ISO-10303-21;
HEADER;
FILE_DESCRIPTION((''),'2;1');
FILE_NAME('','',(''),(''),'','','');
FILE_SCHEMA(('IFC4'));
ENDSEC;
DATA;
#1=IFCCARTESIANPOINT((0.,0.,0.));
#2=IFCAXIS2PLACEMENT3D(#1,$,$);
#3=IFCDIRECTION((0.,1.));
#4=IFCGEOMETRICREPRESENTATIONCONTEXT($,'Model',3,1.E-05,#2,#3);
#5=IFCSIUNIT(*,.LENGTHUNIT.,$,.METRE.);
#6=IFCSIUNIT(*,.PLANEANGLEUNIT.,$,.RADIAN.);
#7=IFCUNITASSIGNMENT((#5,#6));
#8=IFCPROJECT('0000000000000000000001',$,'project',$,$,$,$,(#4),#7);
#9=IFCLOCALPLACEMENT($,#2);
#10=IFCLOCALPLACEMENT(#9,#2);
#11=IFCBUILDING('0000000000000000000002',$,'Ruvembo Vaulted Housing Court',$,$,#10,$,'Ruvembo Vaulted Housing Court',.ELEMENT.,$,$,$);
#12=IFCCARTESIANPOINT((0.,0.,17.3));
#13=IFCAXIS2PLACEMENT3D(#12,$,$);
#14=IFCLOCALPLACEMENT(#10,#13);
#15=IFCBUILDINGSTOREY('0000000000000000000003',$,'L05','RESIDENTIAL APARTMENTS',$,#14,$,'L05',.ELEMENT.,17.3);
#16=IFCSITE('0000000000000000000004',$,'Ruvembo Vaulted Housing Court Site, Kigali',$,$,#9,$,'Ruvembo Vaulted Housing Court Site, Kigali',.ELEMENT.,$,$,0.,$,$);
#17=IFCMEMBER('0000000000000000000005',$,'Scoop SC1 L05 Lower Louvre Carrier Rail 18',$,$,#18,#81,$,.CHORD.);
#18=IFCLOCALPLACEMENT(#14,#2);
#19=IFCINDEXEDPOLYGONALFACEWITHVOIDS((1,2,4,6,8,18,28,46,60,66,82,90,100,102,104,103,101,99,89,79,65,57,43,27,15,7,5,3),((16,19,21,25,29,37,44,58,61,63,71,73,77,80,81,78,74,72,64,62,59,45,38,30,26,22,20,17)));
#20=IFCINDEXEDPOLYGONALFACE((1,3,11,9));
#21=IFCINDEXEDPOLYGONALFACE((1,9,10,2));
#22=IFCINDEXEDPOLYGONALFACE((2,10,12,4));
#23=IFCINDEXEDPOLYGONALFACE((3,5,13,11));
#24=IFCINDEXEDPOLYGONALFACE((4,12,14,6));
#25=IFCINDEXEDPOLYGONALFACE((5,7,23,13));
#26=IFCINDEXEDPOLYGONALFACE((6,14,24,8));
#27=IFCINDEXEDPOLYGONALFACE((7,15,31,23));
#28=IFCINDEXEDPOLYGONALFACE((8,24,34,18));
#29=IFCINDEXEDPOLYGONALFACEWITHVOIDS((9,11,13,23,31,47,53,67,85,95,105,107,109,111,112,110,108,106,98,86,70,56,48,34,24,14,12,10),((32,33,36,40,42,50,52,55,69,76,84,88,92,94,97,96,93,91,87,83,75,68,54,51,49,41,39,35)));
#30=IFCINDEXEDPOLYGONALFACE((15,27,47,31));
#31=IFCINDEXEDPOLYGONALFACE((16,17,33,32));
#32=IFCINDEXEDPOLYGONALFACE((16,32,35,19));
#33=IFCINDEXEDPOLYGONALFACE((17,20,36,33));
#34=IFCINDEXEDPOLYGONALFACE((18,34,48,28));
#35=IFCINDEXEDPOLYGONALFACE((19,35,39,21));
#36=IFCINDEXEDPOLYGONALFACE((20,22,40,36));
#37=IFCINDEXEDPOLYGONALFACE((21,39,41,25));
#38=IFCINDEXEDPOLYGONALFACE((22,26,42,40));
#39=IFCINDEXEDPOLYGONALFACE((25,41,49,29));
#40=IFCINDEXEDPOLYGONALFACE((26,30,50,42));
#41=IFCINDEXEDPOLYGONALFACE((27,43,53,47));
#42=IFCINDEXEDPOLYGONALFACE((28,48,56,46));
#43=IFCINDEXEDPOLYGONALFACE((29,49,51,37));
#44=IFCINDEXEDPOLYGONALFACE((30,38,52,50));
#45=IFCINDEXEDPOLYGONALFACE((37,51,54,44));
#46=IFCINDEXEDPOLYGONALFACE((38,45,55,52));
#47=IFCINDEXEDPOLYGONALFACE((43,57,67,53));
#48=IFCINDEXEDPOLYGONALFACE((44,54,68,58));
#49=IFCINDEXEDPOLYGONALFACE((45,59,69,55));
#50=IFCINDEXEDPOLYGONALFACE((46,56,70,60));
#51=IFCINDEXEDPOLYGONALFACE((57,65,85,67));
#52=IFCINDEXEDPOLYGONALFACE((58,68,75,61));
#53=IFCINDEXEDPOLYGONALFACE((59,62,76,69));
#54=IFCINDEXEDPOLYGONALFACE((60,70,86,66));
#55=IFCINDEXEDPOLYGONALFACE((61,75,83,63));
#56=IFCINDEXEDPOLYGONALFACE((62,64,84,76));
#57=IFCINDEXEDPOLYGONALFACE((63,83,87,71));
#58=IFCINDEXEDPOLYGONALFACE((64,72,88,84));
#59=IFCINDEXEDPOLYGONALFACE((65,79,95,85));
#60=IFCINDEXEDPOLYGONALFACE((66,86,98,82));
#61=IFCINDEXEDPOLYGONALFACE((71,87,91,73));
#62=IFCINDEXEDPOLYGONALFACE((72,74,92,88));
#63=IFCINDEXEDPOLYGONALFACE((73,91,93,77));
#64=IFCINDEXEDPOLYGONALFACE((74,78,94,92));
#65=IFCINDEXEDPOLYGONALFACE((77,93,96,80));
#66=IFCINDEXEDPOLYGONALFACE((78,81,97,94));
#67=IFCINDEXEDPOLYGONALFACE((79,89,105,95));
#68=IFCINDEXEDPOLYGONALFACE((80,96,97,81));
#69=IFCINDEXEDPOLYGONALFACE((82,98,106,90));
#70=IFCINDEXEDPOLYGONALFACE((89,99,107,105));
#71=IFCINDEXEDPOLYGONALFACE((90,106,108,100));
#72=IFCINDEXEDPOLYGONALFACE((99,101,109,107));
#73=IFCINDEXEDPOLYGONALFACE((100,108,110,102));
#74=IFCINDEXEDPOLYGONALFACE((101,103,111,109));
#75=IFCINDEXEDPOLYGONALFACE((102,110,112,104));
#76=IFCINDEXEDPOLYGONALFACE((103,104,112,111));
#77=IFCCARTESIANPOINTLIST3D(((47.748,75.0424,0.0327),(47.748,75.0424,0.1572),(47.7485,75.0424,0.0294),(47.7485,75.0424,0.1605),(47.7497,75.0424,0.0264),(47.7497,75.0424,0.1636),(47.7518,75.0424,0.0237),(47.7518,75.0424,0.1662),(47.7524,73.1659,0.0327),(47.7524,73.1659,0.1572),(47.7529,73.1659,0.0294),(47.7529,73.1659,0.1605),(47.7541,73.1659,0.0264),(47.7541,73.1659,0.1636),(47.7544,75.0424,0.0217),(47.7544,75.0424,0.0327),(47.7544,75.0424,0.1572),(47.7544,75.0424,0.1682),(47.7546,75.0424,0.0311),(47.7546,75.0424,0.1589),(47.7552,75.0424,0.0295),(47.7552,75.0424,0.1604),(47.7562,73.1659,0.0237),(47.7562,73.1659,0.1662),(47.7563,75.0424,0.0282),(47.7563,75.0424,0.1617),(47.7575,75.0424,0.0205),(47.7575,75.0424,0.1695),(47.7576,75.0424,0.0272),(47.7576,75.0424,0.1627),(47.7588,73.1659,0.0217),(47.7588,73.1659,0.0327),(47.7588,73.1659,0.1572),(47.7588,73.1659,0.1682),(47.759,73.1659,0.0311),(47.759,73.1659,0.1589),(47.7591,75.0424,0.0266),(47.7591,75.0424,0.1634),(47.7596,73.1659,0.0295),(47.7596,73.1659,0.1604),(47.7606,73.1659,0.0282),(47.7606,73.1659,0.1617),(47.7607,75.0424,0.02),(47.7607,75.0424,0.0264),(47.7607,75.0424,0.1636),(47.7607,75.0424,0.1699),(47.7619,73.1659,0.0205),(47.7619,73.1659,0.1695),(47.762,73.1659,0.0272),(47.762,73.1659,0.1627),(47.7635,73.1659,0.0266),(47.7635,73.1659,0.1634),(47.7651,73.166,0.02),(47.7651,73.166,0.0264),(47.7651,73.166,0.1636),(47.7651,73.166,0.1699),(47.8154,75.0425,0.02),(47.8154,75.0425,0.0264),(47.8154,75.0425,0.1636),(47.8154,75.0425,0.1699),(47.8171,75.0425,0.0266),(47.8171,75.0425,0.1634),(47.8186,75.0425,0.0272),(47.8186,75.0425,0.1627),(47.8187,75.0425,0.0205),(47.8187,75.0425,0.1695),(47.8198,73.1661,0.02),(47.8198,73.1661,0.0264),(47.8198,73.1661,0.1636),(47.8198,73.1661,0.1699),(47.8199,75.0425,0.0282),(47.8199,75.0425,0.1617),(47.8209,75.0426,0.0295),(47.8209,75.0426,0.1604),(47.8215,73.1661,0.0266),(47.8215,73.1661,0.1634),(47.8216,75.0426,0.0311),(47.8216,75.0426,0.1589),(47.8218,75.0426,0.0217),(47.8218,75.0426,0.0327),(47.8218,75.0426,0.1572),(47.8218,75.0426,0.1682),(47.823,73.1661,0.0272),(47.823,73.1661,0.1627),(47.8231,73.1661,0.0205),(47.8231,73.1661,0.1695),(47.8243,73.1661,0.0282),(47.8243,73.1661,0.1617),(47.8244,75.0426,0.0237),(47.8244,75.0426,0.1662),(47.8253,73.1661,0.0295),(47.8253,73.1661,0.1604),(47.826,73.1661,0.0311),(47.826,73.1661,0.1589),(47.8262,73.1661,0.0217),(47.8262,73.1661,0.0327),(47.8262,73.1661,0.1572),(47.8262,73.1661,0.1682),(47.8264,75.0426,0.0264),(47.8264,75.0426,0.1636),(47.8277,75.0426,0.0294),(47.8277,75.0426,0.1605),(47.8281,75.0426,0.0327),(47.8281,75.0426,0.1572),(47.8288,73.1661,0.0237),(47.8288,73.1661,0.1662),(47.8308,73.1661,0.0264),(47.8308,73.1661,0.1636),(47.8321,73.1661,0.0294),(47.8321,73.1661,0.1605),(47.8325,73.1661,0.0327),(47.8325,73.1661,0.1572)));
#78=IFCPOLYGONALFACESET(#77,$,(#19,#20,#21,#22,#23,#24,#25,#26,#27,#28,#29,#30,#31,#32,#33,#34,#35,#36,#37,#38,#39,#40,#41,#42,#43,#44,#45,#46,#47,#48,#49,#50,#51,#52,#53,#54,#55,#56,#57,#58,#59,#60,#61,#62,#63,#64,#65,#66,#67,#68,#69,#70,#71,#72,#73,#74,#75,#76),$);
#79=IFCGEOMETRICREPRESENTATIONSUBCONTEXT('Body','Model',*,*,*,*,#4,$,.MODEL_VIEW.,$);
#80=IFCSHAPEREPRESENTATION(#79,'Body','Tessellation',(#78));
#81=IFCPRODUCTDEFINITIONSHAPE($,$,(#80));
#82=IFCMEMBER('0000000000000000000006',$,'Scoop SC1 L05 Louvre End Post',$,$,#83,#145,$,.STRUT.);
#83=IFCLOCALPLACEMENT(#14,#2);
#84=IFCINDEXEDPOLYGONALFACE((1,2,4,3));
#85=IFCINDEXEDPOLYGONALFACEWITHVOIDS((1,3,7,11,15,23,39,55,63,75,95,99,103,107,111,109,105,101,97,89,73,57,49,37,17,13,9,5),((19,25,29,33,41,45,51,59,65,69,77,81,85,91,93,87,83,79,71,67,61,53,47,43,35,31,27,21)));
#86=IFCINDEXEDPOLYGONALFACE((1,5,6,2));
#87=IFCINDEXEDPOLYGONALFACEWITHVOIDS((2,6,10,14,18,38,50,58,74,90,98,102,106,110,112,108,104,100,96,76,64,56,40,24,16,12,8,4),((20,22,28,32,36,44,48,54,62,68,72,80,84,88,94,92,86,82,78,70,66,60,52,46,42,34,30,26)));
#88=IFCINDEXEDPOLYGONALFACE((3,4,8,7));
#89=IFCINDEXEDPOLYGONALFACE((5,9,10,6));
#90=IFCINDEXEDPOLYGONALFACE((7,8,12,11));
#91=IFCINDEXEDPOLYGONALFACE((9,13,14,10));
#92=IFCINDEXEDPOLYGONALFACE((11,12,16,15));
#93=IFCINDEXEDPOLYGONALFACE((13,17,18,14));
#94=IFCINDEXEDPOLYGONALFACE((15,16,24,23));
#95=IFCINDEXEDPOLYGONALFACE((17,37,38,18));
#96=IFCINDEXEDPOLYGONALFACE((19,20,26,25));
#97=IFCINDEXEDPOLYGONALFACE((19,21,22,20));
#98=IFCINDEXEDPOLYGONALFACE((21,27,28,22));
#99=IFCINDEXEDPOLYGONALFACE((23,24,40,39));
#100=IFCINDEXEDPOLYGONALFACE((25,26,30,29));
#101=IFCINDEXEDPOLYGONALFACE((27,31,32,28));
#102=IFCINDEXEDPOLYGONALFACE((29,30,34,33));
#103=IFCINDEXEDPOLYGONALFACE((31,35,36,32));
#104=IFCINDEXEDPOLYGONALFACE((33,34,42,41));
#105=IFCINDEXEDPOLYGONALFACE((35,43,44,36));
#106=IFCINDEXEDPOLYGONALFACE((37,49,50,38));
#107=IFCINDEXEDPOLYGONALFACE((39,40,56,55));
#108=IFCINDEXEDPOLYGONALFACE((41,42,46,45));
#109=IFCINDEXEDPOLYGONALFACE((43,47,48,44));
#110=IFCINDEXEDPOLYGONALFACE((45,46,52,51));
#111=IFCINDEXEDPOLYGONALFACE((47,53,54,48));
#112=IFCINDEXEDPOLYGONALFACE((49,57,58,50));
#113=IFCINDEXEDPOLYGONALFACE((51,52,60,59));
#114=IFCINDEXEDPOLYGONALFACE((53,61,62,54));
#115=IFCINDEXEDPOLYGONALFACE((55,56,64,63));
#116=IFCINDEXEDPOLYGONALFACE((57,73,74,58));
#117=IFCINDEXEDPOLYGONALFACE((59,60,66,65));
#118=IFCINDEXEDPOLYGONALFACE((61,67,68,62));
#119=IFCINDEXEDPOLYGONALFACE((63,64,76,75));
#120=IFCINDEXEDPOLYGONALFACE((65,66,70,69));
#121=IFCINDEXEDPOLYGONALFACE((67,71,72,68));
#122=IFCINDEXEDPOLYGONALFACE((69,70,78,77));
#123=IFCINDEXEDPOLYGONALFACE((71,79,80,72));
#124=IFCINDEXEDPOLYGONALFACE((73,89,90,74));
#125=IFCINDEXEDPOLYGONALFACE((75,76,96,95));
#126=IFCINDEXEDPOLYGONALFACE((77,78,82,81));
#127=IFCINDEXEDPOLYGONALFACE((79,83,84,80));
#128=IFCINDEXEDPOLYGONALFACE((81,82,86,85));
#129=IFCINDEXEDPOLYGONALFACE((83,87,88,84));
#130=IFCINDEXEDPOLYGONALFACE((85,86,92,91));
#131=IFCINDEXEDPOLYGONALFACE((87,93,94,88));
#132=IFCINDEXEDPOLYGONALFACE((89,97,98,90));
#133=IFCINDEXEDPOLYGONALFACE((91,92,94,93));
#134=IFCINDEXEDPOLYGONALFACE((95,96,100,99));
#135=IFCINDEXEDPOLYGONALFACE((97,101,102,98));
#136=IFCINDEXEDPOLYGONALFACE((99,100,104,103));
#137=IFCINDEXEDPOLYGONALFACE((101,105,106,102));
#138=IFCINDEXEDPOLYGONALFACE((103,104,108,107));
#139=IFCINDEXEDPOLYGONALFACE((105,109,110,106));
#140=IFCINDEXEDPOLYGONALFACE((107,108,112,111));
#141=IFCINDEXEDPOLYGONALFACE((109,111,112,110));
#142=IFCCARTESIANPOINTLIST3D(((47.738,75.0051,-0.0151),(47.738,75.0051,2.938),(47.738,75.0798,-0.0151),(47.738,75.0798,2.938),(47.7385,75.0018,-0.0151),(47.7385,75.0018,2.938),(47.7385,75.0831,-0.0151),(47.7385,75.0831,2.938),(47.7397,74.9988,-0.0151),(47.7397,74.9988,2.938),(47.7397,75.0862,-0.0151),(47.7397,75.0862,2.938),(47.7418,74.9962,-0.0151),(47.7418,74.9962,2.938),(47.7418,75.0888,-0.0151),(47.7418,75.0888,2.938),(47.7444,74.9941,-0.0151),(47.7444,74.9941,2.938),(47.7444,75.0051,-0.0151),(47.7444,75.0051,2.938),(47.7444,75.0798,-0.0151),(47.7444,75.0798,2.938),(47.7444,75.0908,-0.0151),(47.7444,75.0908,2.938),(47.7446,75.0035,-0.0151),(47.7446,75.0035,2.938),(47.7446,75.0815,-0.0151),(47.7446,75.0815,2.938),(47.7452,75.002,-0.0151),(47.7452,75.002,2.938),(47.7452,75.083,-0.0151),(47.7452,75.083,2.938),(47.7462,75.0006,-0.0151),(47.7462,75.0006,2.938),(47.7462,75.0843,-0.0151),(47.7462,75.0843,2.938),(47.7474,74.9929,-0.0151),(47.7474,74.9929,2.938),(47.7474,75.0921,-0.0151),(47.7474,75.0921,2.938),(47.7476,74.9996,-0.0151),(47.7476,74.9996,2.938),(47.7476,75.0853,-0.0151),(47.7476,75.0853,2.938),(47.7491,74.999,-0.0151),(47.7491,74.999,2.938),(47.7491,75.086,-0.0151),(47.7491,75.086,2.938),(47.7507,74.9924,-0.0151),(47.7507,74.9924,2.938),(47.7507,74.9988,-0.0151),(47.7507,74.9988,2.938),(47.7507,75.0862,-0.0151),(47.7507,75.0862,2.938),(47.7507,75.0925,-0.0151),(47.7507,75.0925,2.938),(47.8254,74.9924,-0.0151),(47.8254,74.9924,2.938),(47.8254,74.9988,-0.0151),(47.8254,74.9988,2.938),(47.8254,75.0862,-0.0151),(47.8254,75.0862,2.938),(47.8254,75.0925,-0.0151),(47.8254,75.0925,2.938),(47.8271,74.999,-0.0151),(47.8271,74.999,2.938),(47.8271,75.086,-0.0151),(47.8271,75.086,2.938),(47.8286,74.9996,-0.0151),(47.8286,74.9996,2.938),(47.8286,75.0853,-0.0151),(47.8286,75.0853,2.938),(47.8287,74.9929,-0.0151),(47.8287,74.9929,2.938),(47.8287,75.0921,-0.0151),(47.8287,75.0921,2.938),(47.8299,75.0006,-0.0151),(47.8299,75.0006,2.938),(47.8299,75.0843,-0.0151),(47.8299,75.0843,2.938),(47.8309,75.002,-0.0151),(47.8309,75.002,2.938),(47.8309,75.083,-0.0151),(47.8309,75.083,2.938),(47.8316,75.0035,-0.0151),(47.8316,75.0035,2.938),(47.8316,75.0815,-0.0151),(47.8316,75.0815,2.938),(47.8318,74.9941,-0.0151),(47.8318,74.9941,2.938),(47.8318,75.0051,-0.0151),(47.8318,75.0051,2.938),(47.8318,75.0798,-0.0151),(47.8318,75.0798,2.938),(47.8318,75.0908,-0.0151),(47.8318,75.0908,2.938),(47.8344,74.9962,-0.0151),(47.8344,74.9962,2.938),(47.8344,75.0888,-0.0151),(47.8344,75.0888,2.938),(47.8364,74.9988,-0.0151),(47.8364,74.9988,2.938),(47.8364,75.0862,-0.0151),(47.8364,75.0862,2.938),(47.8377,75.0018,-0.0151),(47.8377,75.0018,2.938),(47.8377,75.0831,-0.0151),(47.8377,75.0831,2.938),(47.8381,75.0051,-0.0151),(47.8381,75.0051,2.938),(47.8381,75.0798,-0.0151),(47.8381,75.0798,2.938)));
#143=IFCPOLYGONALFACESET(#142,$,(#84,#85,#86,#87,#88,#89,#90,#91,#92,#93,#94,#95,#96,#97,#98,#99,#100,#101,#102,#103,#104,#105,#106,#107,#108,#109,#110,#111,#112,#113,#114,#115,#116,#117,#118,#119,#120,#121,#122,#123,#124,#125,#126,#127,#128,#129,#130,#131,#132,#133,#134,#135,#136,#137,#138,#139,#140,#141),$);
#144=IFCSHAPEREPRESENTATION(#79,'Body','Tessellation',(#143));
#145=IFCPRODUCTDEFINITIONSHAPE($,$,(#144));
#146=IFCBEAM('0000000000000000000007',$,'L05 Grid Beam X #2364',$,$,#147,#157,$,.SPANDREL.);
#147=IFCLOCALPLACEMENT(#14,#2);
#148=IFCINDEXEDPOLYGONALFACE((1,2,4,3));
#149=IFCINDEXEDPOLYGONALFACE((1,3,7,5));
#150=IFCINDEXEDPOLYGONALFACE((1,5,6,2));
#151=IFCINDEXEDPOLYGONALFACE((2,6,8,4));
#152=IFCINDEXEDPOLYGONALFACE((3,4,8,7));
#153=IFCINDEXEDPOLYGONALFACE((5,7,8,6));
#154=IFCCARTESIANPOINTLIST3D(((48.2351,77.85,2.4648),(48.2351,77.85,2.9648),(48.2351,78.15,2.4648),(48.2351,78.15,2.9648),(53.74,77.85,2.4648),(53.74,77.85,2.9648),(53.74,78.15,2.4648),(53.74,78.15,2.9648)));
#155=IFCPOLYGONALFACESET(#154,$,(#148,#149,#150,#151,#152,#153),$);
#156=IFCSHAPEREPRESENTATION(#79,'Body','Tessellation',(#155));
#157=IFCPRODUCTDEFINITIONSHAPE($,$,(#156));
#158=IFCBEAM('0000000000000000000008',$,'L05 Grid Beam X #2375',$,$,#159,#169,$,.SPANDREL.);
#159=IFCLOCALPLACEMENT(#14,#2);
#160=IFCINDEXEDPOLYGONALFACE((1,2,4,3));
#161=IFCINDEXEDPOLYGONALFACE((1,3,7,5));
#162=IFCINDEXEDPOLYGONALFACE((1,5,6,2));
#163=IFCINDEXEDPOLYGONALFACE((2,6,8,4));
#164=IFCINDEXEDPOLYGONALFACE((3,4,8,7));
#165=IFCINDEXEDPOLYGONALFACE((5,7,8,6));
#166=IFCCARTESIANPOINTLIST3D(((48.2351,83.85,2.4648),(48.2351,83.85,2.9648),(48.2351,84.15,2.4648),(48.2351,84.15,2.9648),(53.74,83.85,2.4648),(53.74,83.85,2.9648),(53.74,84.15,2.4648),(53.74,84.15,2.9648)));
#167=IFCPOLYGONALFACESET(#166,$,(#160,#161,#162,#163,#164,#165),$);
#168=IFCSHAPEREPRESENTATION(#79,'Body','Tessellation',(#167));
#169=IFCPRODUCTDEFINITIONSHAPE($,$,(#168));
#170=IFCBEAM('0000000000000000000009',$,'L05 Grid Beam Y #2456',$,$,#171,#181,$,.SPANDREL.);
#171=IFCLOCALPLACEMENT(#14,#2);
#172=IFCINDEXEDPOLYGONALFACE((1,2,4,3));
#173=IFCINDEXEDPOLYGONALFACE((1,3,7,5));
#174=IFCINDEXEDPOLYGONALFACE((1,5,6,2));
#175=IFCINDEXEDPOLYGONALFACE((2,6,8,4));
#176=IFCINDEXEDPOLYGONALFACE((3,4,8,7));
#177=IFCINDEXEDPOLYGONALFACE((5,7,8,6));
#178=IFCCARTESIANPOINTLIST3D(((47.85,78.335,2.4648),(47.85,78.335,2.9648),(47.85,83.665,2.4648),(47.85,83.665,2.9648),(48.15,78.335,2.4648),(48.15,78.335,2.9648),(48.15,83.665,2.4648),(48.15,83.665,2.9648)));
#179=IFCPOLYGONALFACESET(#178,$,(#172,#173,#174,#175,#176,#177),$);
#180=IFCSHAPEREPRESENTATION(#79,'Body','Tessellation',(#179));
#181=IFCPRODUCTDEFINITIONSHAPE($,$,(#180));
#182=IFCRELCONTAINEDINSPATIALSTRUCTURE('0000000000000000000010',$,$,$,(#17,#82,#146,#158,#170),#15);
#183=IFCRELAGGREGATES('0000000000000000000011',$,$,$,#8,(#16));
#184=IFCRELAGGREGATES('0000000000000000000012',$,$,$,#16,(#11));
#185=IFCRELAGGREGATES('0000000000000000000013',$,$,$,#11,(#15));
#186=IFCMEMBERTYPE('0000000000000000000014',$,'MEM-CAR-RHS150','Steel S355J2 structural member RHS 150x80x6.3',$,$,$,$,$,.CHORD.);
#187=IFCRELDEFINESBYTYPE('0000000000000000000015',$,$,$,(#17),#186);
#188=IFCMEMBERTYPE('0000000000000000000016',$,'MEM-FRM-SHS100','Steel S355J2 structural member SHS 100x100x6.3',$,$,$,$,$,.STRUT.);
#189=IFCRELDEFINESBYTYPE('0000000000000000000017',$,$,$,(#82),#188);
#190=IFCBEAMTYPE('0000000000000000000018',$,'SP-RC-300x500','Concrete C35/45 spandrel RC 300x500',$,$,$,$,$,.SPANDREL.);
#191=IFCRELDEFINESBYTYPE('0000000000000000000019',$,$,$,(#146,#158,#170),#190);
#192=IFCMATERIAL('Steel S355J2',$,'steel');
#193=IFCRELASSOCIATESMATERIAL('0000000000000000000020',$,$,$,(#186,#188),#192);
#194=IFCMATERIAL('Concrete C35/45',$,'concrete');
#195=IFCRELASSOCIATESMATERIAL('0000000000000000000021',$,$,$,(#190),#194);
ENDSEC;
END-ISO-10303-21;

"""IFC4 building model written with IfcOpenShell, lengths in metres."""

from ifc_helpers import new_model, si_unit, direction, frame, origin, origin_2d, place, context, subcontext, project, spatial, rectangle, hollow_rectangle, extrude, material, material_profile, profile_set, type_object, element, save


model = new_model("IFC4")

# Units and contexts
model_context = context("Model", 3, precision=1e-05, world=origin(), true_north=direction((0.0, 1.0)))
body_context = subcontext(model_context, "Body", "Model", "MODEL_VIEW")
ifc_project = project(units=[si_unit("LENGTHUNIT", "METRE"), si_unit("PLANEANGLEUNIT", "RADIAN")], contexts=[model_context])

# Site, building, storey
site_placement = place(None, origin())
site = spatial("IfcSite", under=ifc_project, at=site_placement, Name="Ruvembo Vaulted Housing Court Site, Kigali", LongName="Ruvembo Vaulted Housing Court Site, Kigali", CompositionType="ELEMENT", RefElevation=0.0)
building_placement = place(site_placement, origin())
building = spatial("IfcBuilding", under=site, at=building_placement, Name="Ruvembo Vaulted Housing Court", LongName="Ruvembo Vaulted Housing Court", CompositionType="ELEMENT")
storey_placement = place(building_placement, frame((0.0, 0.0, 17.3)))
storey = spatial("IfcBuildingStorey", under=building, at=storey_placement, Name="L05", Description="RESIDENTIAL APARTMENTS", LongName="L05", CompositionType="ELEMENT", Elevation=17.3)

# Shared definitions
ifc_material_1 = material(Name="Concrete C35/45", Category="concrete")

# Shared definitions
ifc_material_2 = material(Name="Steel S355J2", Category="steel")

# Members
ifc_material_profile_1 = material_profile(ifc_material_2, hollow_rectangle(XDim=0.0801, YDim=0.1499, WallThickness=0.0063, InnerFilletRadius=0.0063, OuterFilletRadius=0.0127, at=origin_2d()), Name="RHS 150x80x6.3")
ifc_profile_set_1 = profile_set([ifc_material_profile_1], Name="Steel S355J2")
member_type_1 = type_object("IfcMemberType", Name="MEM-CAR-RHS150", Description="Steel S355J2 structural member RHS 150x80x6.3", PredefinedType="CHORD", material=ifc_profile_set_1)
member_1_placement = place(storey_placement, frame((47.7925, 73.166, 0.095), z_axis=(-0.002342, 0.999997, 0.0), x_axis=(-0.999997, -0.002342, 0.0)))
element("IfcMember", 1, at=member_1_placement, inside=storey, type_object=member_type_1, Name="Scoop SC1 L05 Lower Louvre Carrier Rail 18", PredefinedType="CHORD", context=body_context, shape_type="SweptSolid", body=[
    extrude(hollow_rectangle(XDim=0.0801, YDim=0.1499, WallThickness=0.0063, InnerFilletRadius=0.0063, OuterFilletRadius=0.0127, at=origin_2d()), origin(), (0.0, 0.0, 1.0), 1.8765),
])
ifc_material_profile_2 = material_profile(ifc_material_2, hollow_rectangle(XDim=0.1001, YDim=0.1001, WallThickness=0.0063, InnerFilletRadius=0.0063, OuterFilletRadius=0.0127, at=origin_2d()), Name="SHS 100x100x6.3")
ifc_profile_set_2 = profile_set([ifc_material_profile_2], Name="Steel S355J2")
member_type_2 = type_object("IfcMemberType", Name="MEM-FRM-SHS100", Description="Steel S355J2 structural member SHS 100x100x6.3", PredefinedType="STRUT", material=ifc_profile_set_2)
member_2_placement = place(storey_placement, frame((47.7881, 75.0425, -0.0151), z_axis=(0.0, 0.0, 1.0), x_axis=(1.0, 0.0, 0.0)))
element("IfcMember", 2, at=member_2_placement, inside=storey, type_object=member_type_2, Name="Scoop SC1 L05 Louvre End Post", PredefinedType="STRUT", context=body_context, shape_type="SweptSolid", body=[
    extrude(hollow_rectangle(XDim=0.1001, YDim=0.1001, WallThickness=0.0063, InnerFilletRadius=0.0063, OuterFilletRadius=0.0127, at=origin_2d()), origin(), (0.0, 0.0, 1.0), 2.9531),
])

# Beams
ifc_material_profile_3 = material_profile(ifc_material_1, rectangle(XDim=0.3, YDim=0.5, at=origin_2d()), Name="RC 300x500")
ifc_profile_set_3 = profile_set([ifc_material_profile_3], Name="Concrete C35/45")
beam_type_1 = type_object("IfcBeamType", Name="SP-RC-300x500", Description="Concrete C35/45 spandrel RC 300x500", PredefinedType="SPANDREL", material=ifc_profile_set_3)
for number, where, z_axis, x_axis, name in (
    (3, (48.2351, 78.0, 2.7148), (1.0, 0.0, 0.0), (0.0, 1.0, 0.0), "L05 Grid Beam X #2364"),
    (4, (48.2351, 84.0, 2.7148), (1.0, 0.0, 0.0), (0.0, 1.0, 0.0), "L05 Grid Beam X #2375"),
):
    element("IfcBeam", number, at=place(storey_placement, frame(where, z_axis=z_axis, x_axis=x_axis)), inside=storey, type_object=beam_type_1, Name=name, PredefinedType="SPANDREL", context=body_context, shape_type="SweptSolid", body=[
        extrude(rectangle(XDim=0.3, YDim=0.5, at=origin_2d()), origin(), (0.0, 0.0, 1.0), 5.5049),
    ])
beam_1_placement = place(storey_placement, frame((48.0, 78.335, 2.7148), z_axis=(0.0, 1.0, 0.0), x_axis=(-1.0, 0.0, 0.0)))
element("IfcBeam", 5, at=beam_1_placement, inside=storey, type_object=beam_type_1, Name="L05 Grid Beam Y #2456", PredefinedType="SPANDREL", context=body_context, shape_type="SweptSolid", body=[
    extrude(rectangle(XDim=0.3, YDim=0.5, at=origin_2d()), origin(), (0.0, 0.0, 1.0), 5.3301),
])

save(model, "model.ifc")
